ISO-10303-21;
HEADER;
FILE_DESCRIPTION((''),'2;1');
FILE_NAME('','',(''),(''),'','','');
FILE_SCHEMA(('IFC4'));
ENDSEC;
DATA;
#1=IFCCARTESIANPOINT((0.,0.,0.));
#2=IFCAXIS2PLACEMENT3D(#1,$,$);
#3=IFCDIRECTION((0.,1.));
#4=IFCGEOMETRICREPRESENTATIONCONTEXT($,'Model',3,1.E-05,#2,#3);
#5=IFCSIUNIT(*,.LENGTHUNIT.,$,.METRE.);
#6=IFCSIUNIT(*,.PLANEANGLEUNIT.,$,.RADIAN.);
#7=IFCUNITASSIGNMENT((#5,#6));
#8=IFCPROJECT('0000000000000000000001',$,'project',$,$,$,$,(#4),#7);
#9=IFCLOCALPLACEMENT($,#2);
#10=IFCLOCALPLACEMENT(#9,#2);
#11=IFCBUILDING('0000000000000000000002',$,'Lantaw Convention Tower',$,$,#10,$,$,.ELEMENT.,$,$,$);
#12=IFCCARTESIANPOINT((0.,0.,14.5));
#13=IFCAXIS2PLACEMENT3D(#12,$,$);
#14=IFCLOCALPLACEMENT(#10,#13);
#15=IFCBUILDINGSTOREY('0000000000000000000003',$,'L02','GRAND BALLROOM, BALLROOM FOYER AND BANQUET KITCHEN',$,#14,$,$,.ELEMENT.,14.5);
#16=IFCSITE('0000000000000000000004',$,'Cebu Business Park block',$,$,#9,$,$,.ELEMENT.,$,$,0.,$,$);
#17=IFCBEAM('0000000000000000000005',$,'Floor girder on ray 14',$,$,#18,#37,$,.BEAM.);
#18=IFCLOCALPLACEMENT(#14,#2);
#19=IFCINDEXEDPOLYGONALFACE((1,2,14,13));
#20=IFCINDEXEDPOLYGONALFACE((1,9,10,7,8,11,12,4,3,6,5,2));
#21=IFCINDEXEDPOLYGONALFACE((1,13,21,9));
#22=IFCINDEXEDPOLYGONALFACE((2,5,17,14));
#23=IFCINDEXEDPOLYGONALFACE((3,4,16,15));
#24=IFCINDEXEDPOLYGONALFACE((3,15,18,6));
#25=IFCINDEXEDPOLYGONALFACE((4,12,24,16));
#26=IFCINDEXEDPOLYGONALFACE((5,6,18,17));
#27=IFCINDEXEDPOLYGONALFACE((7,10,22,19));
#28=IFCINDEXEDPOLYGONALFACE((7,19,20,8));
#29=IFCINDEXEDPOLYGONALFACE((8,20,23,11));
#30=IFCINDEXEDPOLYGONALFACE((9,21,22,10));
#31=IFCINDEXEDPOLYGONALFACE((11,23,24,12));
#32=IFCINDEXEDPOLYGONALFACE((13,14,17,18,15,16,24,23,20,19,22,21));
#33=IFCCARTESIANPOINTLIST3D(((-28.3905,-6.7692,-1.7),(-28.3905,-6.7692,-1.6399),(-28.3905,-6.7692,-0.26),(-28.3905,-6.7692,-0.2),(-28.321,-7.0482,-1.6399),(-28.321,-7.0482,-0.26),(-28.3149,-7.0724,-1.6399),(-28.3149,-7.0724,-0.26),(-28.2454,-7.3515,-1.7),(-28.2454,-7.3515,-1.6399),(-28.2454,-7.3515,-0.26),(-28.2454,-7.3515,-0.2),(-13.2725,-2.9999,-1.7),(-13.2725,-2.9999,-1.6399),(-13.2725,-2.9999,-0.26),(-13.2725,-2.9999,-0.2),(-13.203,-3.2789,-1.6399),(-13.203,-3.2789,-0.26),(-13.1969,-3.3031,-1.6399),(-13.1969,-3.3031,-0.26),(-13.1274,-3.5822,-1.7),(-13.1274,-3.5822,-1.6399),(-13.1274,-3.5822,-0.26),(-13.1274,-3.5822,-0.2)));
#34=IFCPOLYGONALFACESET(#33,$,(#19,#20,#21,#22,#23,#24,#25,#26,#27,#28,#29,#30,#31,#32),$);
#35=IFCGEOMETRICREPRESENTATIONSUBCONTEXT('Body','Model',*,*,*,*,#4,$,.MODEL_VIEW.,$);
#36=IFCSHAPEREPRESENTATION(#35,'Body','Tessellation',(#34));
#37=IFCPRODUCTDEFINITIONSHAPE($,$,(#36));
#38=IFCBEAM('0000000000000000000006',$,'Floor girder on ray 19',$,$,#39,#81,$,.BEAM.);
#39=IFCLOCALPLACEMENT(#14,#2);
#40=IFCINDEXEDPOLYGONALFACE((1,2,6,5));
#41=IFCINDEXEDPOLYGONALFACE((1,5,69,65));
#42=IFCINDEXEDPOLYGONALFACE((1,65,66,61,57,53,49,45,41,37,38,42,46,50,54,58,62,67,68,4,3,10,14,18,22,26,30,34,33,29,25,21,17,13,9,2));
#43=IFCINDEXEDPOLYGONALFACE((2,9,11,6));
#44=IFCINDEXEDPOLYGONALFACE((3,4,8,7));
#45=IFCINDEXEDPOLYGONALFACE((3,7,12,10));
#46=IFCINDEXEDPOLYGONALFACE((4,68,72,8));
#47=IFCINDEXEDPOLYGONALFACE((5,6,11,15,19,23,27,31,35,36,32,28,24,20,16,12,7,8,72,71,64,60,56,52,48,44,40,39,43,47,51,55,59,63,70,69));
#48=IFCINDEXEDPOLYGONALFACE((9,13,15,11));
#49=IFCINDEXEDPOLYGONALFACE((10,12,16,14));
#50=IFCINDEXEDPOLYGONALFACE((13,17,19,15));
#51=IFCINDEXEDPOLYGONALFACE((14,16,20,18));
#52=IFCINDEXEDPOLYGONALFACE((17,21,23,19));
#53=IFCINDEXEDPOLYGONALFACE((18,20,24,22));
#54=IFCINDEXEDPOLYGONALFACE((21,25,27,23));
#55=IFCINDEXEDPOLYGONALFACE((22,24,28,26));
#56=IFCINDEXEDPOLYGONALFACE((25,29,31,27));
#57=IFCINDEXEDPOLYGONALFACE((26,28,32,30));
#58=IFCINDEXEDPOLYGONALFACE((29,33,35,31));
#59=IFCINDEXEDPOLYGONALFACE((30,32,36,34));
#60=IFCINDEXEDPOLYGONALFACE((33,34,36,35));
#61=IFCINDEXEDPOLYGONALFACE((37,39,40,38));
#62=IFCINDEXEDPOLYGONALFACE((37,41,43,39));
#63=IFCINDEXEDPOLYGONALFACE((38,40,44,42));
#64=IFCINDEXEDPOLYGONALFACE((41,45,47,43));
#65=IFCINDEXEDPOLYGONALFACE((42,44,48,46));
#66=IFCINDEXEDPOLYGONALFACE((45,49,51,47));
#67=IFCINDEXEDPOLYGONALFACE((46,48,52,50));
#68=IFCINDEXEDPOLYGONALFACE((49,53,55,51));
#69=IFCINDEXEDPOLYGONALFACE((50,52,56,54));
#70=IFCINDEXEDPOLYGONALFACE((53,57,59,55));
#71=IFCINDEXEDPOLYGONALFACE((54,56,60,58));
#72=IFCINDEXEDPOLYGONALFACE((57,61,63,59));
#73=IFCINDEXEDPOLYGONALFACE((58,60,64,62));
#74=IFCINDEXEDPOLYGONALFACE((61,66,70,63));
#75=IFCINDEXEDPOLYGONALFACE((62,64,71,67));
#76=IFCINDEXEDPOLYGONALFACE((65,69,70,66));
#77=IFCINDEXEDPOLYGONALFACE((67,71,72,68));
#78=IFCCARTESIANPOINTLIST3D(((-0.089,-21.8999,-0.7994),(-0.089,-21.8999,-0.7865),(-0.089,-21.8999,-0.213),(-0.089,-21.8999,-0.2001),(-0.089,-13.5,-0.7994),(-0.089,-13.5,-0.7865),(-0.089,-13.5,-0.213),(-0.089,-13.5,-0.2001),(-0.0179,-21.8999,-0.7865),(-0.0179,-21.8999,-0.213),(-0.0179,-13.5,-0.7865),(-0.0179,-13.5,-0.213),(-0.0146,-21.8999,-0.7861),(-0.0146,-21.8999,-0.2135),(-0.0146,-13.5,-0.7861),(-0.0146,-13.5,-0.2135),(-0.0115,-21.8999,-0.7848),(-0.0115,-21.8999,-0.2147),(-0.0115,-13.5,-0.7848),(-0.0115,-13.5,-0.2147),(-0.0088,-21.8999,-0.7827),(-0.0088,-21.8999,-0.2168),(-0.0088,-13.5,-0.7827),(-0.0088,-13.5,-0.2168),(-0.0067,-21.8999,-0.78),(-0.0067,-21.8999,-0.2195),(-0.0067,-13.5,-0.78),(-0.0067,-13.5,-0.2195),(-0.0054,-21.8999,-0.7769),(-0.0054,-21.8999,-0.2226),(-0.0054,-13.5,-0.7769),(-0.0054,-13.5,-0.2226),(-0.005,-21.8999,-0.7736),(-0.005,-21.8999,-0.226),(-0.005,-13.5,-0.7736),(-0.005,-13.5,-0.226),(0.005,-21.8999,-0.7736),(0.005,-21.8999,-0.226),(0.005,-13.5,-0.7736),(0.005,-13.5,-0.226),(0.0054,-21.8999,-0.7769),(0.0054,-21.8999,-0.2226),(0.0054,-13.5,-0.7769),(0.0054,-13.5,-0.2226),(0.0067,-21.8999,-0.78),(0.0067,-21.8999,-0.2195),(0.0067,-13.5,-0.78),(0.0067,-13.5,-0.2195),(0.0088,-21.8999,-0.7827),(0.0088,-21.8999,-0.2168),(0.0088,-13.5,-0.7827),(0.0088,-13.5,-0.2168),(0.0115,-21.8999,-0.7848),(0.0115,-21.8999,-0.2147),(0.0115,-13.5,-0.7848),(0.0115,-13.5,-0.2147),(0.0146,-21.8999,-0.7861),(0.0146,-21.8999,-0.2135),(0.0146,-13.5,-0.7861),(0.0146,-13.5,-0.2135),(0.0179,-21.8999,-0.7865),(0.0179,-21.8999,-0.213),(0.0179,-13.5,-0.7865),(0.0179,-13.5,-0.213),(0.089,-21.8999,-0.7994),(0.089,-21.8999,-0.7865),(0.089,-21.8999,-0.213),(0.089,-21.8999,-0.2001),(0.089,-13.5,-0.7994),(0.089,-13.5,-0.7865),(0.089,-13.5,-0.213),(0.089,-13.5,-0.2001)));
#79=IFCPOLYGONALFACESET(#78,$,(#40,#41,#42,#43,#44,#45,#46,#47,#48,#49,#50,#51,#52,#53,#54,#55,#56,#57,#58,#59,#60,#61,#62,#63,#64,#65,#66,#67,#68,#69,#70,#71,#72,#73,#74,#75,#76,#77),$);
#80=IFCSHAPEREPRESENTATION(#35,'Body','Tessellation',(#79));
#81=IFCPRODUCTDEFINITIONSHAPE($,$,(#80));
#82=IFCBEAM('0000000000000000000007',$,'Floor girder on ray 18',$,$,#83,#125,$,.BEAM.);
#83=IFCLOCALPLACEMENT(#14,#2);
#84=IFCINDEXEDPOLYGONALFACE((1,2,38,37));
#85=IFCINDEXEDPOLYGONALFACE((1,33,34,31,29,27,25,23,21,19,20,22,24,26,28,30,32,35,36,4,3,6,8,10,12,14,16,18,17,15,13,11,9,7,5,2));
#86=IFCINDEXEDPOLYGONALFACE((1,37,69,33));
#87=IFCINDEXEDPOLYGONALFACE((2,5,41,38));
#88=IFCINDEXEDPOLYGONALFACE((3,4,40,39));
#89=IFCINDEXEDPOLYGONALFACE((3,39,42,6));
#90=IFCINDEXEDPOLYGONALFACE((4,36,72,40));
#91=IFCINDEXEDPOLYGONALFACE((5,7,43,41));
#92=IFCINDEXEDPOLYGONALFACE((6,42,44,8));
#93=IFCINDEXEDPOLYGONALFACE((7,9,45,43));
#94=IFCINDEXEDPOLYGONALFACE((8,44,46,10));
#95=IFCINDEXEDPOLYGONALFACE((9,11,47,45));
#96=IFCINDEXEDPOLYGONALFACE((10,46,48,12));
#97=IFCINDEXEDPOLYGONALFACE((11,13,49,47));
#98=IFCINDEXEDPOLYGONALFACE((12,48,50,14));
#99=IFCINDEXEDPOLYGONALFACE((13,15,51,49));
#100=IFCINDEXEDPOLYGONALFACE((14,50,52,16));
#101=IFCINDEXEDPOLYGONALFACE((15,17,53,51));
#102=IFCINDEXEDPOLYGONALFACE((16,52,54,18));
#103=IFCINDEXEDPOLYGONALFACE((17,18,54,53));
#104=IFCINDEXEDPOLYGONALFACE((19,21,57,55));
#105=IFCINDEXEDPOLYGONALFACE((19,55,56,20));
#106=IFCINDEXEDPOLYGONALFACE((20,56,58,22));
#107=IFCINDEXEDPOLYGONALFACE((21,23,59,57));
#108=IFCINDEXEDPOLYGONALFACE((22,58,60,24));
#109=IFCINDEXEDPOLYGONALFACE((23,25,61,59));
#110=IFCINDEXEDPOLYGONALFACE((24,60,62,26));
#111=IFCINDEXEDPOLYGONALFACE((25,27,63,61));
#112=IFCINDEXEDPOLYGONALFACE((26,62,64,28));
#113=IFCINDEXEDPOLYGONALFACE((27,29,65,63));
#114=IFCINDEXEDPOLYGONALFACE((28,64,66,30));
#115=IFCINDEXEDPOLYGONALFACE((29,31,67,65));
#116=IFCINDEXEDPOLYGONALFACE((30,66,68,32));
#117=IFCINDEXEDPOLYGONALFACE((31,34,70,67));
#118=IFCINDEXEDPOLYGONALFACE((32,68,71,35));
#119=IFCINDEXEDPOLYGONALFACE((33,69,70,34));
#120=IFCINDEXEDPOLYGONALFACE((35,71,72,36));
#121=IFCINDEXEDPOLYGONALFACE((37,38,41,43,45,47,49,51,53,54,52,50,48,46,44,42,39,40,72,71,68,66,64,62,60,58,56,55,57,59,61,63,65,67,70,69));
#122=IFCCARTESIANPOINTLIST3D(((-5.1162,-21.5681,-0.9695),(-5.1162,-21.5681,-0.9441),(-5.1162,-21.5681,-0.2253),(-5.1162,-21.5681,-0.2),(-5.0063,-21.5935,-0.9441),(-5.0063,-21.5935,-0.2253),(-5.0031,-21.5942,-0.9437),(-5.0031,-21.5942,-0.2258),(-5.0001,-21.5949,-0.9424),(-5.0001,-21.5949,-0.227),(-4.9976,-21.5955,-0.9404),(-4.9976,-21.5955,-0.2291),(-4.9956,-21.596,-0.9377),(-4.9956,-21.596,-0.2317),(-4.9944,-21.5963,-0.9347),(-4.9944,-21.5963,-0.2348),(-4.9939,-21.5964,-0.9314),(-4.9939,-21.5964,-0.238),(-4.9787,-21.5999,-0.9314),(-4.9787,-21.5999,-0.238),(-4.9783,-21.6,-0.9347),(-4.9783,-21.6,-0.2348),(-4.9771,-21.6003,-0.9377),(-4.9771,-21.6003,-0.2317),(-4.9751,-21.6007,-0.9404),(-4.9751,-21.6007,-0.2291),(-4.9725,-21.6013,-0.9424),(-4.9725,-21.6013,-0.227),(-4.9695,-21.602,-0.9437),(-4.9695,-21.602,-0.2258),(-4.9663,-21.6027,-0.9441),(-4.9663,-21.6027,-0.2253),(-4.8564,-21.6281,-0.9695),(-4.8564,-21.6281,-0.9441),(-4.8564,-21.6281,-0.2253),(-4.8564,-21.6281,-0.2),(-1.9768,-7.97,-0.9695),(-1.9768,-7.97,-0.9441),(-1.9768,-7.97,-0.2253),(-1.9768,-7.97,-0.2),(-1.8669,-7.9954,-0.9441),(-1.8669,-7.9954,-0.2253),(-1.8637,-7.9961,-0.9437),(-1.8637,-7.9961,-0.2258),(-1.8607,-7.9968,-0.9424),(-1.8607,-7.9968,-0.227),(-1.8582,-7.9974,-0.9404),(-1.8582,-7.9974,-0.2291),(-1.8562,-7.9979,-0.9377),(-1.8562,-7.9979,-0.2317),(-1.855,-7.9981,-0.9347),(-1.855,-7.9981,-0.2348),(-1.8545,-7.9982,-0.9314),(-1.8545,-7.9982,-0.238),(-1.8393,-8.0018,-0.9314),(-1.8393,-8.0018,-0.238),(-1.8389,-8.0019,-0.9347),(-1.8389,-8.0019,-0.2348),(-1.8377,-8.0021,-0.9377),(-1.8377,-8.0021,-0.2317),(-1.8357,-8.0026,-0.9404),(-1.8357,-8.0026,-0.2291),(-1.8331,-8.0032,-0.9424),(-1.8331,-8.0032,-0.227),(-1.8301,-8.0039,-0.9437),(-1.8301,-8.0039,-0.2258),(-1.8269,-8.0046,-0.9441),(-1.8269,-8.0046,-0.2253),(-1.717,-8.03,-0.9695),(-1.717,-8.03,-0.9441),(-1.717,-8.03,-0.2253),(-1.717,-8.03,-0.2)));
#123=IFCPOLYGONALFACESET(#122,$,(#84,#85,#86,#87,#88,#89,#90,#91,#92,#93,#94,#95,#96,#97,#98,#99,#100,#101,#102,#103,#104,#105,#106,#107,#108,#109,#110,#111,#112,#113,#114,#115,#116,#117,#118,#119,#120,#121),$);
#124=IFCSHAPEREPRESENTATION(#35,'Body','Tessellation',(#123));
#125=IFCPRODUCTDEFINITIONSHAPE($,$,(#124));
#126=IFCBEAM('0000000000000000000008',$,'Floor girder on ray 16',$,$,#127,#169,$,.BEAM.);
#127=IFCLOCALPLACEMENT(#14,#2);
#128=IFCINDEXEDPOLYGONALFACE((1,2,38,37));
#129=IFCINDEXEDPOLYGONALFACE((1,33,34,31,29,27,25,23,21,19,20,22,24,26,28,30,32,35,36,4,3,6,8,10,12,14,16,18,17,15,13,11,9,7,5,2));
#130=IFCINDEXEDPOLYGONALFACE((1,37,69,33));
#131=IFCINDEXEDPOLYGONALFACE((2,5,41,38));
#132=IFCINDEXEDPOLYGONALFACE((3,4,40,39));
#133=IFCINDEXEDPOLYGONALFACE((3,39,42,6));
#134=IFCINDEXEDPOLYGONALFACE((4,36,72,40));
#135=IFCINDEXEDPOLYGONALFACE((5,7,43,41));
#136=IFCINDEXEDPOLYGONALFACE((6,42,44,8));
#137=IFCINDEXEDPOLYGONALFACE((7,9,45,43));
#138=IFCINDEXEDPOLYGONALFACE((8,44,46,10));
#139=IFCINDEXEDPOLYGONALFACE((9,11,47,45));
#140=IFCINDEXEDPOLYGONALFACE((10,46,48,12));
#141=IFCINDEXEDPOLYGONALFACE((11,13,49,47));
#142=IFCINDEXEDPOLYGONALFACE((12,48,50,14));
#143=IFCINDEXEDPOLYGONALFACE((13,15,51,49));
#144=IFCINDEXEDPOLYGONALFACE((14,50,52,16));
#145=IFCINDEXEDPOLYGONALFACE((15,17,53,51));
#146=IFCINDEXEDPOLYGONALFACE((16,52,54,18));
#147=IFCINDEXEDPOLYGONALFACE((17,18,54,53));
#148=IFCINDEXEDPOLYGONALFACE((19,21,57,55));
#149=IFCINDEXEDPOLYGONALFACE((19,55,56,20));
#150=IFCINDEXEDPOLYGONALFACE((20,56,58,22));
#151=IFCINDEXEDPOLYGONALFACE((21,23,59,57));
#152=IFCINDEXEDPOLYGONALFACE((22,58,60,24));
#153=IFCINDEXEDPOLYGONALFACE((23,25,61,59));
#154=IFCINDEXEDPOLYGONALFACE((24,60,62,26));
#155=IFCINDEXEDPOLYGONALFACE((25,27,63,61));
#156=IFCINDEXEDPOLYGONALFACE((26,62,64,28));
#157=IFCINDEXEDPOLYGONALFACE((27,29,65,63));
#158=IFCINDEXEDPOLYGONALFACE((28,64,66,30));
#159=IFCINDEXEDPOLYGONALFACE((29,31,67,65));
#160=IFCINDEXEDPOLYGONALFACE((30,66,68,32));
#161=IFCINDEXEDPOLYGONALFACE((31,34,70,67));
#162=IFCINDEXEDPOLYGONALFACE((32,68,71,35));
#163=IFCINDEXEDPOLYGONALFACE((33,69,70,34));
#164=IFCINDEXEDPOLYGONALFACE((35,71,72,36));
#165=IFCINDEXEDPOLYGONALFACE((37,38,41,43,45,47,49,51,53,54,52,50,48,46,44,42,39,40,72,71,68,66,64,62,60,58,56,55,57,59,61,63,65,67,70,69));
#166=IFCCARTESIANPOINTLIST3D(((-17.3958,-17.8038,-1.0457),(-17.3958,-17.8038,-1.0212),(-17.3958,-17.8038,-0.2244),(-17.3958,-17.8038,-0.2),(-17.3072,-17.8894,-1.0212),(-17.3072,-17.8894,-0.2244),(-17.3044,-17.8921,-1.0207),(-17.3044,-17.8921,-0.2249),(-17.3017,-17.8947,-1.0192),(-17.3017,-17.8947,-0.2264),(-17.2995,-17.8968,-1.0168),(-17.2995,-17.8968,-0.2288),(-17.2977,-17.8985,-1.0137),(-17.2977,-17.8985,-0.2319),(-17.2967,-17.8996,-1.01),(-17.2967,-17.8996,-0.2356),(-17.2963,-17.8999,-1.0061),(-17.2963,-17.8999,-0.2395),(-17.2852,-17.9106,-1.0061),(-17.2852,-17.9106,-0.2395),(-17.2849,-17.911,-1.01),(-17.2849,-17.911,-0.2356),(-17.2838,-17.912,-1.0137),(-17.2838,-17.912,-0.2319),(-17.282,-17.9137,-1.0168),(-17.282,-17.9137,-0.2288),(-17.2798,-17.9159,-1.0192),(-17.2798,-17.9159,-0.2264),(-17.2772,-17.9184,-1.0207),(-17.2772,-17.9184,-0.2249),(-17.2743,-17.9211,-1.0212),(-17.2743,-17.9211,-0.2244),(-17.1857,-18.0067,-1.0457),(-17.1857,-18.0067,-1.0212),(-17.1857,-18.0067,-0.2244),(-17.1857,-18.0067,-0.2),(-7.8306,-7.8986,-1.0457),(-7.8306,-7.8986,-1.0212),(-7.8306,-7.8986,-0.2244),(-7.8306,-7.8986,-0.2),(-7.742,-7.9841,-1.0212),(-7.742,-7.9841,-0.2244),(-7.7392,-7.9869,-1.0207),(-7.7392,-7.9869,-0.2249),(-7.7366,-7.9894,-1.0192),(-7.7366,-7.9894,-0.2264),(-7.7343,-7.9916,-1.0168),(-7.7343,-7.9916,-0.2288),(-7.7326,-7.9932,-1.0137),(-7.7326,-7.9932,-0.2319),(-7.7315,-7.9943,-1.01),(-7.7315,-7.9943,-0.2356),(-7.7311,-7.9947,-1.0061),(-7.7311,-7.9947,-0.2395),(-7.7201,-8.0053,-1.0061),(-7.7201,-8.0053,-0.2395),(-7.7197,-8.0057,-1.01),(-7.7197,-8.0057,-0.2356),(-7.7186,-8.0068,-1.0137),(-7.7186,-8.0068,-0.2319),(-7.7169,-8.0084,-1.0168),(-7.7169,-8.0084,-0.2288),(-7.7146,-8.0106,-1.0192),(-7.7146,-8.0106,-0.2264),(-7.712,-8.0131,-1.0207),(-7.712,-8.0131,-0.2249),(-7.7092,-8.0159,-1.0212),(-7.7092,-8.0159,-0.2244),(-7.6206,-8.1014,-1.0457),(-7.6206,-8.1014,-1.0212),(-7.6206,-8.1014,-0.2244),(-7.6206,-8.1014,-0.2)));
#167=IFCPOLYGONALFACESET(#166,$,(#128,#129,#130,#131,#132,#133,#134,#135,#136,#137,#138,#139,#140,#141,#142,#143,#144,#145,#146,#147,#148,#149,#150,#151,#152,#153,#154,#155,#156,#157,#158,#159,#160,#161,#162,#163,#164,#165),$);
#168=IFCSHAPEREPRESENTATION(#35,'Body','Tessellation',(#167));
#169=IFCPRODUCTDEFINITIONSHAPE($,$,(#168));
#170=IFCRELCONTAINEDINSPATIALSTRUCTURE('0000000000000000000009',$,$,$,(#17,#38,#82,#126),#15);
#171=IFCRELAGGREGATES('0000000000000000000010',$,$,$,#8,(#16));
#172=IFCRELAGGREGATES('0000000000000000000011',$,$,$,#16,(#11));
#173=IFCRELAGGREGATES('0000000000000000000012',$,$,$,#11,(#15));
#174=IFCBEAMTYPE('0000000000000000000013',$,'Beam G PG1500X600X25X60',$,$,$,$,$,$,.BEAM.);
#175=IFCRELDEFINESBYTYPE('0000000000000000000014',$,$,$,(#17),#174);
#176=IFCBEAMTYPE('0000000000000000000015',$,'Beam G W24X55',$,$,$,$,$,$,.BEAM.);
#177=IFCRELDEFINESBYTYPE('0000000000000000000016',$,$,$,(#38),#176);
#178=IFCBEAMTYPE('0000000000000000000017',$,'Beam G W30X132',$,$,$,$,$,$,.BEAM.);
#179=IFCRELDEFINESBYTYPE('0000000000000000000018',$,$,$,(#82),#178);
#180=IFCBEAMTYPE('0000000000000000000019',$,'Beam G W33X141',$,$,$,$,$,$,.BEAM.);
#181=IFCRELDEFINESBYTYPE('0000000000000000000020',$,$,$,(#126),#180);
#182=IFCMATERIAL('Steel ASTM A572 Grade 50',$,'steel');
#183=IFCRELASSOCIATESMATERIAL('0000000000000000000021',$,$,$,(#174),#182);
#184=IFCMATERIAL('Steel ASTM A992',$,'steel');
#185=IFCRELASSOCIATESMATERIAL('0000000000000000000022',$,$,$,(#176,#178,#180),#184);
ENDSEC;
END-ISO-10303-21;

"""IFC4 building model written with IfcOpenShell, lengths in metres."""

from ifc_helpers import new_model, si_unit, direction, frame, origin, origin_2d, place, context, subcontext, project, spatial, i_section, extrude, material, material_profile, profile_set, type_object, element, save


model = new_model("IFC4")

# Units and contexts
model_context = context("Model", 3, precision=1e-05, world=origin(), true_north=direction((0.0, 1.0)))
body_context = subcontext(model_context, "Body", "Model", "MODEL_VIEW")
ifc_project = project(units=[si_unit("LENGTHUNIT", "METRE"), si_unit("PLANEANGLEUNIT", "RADIAN")], contexts=[model_context])

# Site, building, storey
site_placement = place(None, origin())
site = spatial("IfcSite", under=ifc_project, at=site_placement, Name="Cebu Business Park block", CompositionType="ELEMENT", RefElevation=0.0)
building_placement = place(site_placement, origin())
building = spatial("IfcBuilding", under=site, at=building_placement, Name="Lantaw Convention Tower", CompositionType="ELEMENT")
storey_placement = place(building_placement, frame((0.0, 0.0, 14.5)))
storey = spatial("IfcBuildingStorey", under=building, at=storey_placement, Name="L02", Description="GRAND BALLROOM, BALLROOM FOYER AND BANQUET KITCHEN", CompositionType="ELEMENT", Elevation=14.5)

# Beams
ifc_material_1 = material(Name="Steel ASTM A572 Grade 50", Category="steel")
ifc_material_profile_1 = material_profile(ifc_material_1, i_section(OverallWidth=0.6001, OverallDepth=1.5, WebThickness=0.0249, FlangeThickness=0.0601, at=origin_2d()), Name="PG1500X600X25X60")
ifc_profile_set_1 = profile_set([ifc_material_profile_1], Name="Steel ASTM A572 Grade 50")
beam_type_1 = type_object("IfcBeamType", Name="Beam G PG1500X600X25X60", PredefinedType="BEAM", material=ifc_profile_set_1)
beam_1_placement = place(storey_placement, frame((-13.2, -3.291, -0.95), z_axis=(-0.970296, -0.24192, 0.0), x_axis=(0.24192, -0.970296, 0.0)))
element("IfcBeam", 1, at=beam_1_placement, inside=storey, type_object=beam_type_1, Name="Floor girder on ray 14", PredefinedType="BEAM", context=body_context, shape_type="SweptSolid", body=[
    extrude(i_section(OverallWidth=0.6001, OverallDepth=1.5, WebThickness=0.0249, FlangeThickness=0.0601, at=origin_2d()), origin(), (0.0, 0.0, 1.0), 15.5808),
])
ifc_material_2 = material(Name="Steel ASTM A992", Category="steel")
ifc_material_profile_2 = material_profile(ifc_material_2, i_section(OverallWidth=0.178, OverallDepth=0.5994, WebThickness=0.01, FlangeThickness=0.0129, FilletRadius=0.0129, at=origin_2d()), Name="W24X55")
ifc_profile_set_2 = profile_set([ifc_material_profile_2], Name="Steel ASTM A992")
beam_type_2 = type_object("IfcBeamType", Name="Beam G W24X55", PredefinedType="BEAM", material=ifc_profile_set_2)
beam_2_placement = place(storey_placement, frame((0.0, -13.5, -0.4998), z_axis=(0.0, -1.0, 0.0), x_axis=(1.0, 0.0, 0.0)))
element("IfcBeam", 2, at=beam_2_placement, inside=storey, type_object=beam_type_2, Name="Floor girder on ray 19", PredefinedType="BEAM", context=body_context, shape_type="SweptSolid", body=[
    extrude(i_section(OverallWidth=0.178, OverallDepth=0.5994, WebThickness=0.01, FlangeThickness=0.0129, FilletRadius=0.0129, at=origin_2d()), origin(), (0.0, 0.0, 1.0), 8.3999),
])
ifc_material_profile_3 = material_profile(ifc_material_2, i_section(OverallWidth=0.2666, OverallDepth=0.7695, WebThickness=0.0156, FlangeThickness=0.0254, FilletRadius=0.0127, at=origin_2d()), Name="W30X132")
ifc_profile_set_3 = profile_set([ifc_material_profile_3], Name="Steel ASTM A992")
beam_type_3 = type_object("IfcBeamType", Name="Beam G W30X132", PredefinedType="BEAM", material=ifc_profile_set_3)
beam_3_placement = place(storey_placement, frame((-1.8469, -8.0, -0.5847), z_axis=(-0.224953, -0.97437, 0.0), x_axis=(0.97437, -0.224953, 0.0)))
element("IfcBeam", 3, at=beam_3_placement, inside=storey, type_object=beam_type_3, Name="Floor girder on ray 18", PredefinedType="BEAM", context=body_context, shape_type="SweptSolid", body=[
    extrude(i_section(OverallWidth=0.2666, OverallDepth=0.7695, WebThickness=0.0156, FlangeThickness=0.0254, FilletRadius=0.0127, at=origin_2d()), origin(), (0.0, 0.0, 1.0), 13.9558),
])
ifc_material_profile_4 = material_profile(ifc_material_2, i_section(OverallWidth=0.292, OverallDepth=0.8457, WebThickness=0.0154, FlangeThickness=0.0244, FilletRadius=0.0151, at=origin_2d()), Name="W33X141")
ifc_profile_set_4 = profile_set([ifc_material_profile_4], Name="Steel ASTM A992")
beam_type_4 = type_object("IfcBeamType", Name="Beam G W33X141", PredefinedType="BEAM", material=ifc_profile_set_4)
beam_4_placement = place(storey_placement, frame((-7.7256, -8.0, -0.6228), z_axis=(-0.69465, -0.719348, 0.0), x_axis=(0.719348, -0.69465, 0.0)))
element("IfcBeam", 4, at=beam_4_placement, inside=storey, type_object=beam_type_4, Name="Floor girder on ray 16", PredefinedType="BEAM", context=body_context, shape_type="SweptSolid", body=[
    extrude(i_section(OverallWidth=0.292, OverallDepth=0.8457, WebThickness=0.0154, FlangeThickness=0.0244, FilletRadius=0.0151, at=origin_2d()), origin(), (0.0, 0.0, 1.0), 13.7698),
])

save(model, "model.ifc")
